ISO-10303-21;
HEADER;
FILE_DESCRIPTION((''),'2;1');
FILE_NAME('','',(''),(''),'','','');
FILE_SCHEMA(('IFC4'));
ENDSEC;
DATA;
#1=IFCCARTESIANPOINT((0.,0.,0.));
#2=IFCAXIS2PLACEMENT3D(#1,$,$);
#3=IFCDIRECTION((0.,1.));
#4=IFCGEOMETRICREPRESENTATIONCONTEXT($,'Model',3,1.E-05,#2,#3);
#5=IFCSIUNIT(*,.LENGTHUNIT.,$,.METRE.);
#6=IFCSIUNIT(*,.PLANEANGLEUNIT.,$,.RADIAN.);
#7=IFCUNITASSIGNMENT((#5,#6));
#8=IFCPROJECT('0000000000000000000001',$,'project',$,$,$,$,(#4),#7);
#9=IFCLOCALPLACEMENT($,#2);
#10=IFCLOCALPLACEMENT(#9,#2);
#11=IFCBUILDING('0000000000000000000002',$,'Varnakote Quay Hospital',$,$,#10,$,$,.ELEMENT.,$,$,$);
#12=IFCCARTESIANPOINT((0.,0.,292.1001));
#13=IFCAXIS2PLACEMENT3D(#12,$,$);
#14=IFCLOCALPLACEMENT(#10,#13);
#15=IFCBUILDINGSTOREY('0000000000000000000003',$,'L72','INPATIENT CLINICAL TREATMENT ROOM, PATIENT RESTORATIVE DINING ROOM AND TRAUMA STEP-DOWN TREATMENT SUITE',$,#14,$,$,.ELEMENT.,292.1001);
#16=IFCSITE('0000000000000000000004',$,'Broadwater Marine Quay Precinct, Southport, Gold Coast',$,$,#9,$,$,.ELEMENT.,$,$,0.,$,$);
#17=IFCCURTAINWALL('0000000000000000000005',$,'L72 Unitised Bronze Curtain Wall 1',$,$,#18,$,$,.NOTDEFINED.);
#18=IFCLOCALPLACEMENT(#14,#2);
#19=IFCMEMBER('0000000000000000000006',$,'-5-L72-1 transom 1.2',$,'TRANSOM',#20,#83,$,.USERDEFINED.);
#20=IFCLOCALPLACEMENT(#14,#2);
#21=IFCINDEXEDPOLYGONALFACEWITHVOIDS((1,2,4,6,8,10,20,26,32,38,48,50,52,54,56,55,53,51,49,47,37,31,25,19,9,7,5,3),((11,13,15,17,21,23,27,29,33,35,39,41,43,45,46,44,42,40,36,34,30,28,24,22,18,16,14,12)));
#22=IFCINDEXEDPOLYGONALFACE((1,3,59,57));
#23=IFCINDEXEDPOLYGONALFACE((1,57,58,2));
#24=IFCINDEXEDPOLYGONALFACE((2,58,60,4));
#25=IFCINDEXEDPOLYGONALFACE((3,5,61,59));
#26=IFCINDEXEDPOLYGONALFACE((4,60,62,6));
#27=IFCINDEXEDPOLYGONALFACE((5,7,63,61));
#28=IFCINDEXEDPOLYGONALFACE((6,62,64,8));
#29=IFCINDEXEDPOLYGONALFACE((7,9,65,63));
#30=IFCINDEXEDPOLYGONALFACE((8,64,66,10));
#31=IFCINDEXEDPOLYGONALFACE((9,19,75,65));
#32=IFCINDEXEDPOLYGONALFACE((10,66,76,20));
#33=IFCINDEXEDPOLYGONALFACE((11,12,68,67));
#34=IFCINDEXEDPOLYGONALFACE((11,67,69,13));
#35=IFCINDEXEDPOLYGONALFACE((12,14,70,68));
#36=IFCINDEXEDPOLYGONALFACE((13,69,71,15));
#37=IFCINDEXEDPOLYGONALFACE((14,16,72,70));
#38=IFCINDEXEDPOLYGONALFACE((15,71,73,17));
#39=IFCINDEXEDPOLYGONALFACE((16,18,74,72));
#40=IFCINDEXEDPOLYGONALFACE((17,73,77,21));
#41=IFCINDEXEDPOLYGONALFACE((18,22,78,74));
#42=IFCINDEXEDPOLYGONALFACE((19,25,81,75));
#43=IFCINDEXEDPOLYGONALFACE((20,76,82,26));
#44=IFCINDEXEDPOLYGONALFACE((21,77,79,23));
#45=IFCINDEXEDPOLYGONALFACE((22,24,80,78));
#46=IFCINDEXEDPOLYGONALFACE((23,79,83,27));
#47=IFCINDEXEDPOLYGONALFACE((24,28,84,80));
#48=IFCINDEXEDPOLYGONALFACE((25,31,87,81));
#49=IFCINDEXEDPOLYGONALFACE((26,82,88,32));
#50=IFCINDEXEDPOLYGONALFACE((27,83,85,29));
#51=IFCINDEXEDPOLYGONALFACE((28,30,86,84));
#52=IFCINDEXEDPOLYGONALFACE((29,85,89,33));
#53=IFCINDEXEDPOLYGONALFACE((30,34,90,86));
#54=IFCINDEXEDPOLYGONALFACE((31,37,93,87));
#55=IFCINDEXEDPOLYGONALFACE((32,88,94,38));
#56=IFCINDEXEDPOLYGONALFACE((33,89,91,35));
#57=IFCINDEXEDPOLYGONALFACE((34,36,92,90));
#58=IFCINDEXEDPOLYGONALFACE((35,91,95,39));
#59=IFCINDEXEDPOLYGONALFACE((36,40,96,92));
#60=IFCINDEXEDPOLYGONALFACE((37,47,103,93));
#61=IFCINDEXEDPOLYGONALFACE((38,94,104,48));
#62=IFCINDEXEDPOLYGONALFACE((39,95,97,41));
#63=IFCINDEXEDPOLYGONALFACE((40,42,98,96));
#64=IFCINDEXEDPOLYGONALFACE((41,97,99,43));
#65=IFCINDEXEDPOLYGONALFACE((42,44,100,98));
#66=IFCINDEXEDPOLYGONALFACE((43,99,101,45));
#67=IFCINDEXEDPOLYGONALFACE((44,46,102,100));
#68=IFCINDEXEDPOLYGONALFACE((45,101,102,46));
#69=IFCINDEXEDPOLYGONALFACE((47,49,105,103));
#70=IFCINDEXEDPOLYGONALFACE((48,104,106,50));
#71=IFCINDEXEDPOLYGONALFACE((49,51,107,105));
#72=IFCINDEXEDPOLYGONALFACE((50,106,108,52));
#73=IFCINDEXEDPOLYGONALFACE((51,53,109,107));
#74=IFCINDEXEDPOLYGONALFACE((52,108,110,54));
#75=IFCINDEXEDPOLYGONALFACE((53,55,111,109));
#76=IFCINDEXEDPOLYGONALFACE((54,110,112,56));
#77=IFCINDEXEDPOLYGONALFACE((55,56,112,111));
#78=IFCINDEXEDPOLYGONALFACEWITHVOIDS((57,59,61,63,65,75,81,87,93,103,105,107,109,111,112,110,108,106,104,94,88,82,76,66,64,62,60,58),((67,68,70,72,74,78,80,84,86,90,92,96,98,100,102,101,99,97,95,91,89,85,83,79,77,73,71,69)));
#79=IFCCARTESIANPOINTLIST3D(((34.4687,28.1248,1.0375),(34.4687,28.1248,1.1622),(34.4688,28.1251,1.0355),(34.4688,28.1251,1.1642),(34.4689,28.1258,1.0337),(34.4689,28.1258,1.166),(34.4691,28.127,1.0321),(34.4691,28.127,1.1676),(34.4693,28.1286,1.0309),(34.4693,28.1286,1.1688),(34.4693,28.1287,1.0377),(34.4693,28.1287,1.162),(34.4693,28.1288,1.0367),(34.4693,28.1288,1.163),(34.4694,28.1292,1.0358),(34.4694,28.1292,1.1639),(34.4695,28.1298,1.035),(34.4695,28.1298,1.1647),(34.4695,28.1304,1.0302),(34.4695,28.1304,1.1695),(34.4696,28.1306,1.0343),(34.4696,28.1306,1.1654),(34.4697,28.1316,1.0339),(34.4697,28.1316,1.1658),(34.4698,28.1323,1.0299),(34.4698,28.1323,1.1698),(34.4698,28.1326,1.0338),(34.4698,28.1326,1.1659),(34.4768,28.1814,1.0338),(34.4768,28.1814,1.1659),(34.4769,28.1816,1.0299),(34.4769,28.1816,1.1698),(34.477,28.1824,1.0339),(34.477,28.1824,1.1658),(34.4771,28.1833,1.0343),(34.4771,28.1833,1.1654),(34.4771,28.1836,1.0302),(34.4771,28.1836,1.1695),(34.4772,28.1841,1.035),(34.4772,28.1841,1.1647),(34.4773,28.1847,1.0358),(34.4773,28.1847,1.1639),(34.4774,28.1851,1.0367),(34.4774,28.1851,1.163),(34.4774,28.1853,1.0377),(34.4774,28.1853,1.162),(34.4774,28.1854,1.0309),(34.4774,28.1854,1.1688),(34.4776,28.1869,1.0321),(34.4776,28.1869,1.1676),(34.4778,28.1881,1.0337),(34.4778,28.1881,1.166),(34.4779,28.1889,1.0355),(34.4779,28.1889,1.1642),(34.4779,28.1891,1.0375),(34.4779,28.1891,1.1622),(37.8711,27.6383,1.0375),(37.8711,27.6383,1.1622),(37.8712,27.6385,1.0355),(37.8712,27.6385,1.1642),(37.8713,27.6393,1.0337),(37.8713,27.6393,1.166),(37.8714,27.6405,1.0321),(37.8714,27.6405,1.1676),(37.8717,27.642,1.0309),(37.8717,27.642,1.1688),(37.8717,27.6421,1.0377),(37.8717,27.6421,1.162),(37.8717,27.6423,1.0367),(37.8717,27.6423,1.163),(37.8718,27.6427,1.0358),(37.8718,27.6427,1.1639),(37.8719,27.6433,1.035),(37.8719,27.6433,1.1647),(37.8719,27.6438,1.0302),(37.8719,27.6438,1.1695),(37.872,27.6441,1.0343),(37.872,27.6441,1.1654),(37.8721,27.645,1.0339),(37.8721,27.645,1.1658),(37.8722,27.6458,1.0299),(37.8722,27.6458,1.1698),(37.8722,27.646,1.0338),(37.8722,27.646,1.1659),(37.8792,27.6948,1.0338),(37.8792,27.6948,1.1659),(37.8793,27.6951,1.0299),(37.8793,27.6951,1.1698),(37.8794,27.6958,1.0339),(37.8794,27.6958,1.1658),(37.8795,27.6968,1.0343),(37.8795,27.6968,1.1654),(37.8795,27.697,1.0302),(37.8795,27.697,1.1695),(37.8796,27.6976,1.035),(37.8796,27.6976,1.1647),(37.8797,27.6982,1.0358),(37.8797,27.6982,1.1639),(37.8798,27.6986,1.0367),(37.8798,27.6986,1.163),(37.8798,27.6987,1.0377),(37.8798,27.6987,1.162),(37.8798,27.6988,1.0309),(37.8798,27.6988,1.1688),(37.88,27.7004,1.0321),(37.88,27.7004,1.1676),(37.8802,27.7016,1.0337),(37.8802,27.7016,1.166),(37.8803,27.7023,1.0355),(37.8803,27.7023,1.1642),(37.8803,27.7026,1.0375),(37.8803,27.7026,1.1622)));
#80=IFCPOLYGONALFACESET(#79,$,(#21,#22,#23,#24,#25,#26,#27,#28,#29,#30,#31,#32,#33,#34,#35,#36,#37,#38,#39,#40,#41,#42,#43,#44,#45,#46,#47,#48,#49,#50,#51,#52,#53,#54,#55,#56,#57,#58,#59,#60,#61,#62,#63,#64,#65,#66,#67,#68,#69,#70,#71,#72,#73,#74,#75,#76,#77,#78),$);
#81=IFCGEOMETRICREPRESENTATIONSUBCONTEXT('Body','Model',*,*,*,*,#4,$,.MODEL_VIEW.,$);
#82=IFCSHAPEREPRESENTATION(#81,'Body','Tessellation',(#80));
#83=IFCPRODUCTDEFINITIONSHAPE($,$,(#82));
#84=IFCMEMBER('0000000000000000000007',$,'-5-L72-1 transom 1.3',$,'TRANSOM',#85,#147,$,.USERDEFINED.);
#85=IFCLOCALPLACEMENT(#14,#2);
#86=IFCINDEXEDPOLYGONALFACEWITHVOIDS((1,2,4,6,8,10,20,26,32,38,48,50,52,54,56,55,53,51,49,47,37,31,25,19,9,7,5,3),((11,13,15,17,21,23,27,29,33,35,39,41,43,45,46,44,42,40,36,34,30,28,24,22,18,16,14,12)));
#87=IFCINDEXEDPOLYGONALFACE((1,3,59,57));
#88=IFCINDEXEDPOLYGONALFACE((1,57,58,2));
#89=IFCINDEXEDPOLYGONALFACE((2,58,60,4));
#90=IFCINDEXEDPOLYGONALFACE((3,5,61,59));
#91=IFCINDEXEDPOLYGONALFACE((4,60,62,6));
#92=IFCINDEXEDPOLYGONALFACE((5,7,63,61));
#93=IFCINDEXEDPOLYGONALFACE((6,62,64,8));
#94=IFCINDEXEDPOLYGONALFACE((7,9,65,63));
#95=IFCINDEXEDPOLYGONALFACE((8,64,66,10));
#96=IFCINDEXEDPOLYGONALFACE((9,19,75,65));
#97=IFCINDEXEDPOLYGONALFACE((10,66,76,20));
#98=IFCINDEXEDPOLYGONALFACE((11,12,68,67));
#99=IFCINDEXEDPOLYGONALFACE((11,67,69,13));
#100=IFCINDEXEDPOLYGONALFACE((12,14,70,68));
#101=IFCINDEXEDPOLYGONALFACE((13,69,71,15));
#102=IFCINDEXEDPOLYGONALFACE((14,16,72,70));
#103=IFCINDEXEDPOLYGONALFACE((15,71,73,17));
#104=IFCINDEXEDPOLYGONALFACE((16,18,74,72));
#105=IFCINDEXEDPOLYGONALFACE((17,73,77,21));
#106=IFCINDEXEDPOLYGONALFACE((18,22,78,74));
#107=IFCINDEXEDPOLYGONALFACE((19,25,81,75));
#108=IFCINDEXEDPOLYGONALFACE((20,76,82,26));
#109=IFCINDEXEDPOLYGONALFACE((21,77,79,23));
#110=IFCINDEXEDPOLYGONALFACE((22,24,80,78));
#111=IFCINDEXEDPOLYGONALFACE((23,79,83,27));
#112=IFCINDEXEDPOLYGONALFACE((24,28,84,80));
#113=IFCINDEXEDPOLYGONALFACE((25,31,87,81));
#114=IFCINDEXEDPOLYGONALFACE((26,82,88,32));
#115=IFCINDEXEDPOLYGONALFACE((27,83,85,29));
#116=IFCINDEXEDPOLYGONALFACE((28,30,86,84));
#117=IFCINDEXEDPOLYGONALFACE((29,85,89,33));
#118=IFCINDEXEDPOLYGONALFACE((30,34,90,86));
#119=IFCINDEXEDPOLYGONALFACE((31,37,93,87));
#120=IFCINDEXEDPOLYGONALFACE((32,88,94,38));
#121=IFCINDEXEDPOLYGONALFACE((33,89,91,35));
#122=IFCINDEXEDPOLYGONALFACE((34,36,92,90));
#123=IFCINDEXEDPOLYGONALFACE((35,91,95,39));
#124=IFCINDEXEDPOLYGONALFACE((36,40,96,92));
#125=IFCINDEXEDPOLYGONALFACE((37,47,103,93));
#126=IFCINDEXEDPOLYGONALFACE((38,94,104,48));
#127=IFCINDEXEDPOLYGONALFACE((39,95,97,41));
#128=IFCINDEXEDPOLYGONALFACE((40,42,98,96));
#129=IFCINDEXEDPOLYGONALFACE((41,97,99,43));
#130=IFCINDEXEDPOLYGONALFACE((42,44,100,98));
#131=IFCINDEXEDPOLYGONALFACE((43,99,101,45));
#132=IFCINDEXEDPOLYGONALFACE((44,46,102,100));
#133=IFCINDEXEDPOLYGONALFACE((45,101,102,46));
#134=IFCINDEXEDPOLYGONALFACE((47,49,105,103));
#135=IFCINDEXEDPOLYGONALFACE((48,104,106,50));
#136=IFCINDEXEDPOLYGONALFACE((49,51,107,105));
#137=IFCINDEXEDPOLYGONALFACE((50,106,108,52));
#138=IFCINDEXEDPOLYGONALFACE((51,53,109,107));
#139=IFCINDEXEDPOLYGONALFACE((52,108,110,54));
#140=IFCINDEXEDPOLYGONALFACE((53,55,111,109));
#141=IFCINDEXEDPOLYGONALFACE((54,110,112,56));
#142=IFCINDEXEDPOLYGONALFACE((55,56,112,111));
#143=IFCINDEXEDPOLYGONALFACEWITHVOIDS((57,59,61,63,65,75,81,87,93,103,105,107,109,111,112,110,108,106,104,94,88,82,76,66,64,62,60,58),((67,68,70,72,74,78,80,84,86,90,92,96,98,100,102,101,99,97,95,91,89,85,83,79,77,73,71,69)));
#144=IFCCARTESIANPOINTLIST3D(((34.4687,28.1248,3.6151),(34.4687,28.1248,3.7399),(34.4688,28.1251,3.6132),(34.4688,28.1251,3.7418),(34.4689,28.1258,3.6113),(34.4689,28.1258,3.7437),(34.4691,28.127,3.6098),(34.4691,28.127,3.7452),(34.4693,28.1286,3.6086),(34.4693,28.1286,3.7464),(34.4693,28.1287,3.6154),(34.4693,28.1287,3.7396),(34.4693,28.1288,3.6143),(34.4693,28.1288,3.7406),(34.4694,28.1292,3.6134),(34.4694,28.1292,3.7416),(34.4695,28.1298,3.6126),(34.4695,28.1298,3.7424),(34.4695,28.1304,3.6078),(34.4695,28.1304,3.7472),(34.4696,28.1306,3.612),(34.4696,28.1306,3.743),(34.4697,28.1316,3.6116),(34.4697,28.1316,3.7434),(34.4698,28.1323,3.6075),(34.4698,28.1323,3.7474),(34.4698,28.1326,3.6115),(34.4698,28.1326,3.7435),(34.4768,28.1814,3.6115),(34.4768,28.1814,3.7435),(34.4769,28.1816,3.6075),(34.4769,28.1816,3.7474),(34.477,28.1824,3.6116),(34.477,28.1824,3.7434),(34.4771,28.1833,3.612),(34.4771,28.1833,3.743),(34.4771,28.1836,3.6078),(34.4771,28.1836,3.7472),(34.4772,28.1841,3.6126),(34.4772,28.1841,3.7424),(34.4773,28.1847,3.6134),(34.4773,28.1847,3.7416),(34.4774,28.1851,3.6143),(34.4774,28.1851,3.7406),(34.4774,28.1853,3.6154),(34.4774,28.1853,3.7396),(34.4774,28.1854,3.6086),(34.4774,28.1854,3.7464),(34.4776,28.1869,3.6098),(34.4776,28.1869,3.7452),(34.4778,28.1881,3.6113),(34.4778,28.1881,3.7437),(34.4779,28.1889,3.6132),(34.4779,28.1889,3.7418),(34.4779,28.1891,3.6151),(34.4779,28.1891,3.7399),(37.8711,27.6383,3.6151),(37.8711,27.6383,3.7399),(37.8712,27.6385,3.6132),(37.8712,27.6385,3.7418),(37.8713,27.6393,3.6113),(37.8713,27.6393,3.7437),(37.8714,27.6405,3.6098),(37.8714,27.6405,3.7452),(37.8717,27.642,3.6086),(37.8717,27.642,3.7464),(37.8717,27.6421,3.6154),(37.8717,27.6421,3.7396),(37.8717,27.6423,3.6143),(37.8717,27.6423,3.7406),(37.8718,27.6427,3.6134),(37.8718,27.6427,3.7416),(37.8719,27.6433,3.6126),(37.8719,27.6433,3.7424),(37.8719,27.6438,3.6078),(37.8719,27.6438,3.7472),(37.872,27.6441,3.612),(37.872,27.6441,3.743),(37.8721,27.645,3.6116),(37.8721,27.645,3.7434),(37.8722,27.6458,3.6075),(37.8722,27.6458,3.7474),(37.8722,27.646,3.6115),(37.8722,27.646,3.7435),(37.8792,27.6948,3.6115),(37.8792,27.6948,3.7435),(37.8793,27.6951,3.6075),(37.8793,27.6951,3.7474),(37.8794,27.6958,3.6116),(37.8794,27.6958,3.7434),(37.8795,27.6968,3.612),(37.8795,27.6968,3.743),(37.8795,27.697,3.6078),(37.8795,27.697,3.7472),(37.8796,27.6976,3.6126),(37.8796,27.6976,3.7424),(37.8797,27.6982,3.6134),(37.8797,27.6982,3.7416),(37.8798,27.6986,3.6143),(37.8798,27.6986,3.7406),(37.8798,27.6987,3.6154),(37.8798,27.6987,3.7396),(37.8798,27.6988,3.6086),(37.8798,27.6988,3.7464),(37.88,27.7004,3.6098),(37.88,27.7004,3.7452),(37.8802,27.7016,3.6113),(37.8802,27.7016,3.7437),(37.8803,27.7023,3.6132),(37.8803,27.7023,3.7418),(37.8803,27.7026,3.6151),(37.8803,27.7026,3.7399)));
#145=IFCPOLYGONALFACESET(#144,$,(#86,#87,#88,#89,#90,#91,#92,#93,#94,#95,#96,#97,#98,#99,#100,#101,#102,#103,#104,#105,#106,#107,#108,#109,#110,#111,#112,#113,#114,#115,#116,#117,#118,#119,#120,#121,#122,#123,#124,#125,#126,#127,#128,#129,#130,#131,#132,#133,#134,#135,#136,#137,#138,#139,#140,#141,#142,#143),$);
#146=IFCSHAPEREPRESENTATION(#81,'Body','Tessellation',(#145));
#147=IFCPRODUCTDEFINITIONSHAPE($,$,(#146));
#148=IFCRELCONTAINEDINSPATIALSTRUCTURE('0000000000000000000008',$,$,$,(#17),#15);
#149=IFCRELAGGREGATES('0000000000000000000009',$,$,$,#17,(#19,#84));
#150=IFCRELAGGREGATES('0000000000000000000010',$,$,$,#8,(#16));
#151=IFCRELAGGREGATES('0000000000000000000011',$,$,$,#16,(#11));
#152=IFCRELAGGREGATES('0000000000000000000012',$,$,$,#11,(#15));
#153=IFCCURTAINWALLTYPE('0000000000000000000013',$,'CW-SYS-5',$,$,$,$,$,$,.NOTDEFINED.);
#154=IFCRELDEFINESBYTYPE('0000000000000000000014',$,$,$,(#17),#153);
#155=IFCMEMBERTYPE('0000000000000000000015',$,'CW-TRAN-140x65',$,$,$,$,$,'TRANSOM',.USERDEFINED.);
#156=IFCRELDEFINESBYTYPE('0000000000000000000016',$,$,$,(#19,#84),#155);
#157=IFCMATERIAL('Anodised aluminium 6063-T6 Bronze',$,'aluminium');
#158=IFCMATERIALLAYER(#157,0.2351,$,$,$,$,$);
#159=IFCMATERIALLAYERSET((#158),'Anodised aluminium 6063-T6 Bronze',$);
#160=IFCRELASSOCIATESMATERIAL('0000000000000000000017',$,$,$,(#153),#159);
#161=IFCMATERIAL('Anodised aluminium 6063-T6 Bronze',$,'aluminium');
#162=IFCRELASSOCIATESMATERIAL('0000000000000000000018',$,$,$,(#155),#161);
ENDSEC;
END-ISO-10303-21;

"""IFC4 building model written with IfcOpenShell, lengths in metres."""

from ifc_helpers import new_model, si_unit, direction, frame, origin, origin_2d, place, context, subcontext, project, spatial, hollow_rectangle, extrude, material, layer, layer_set, material_profile, profile_set, type_object, element, aggregate, save


model = new_model("IFC4")

# Units and contexts
model_context = context("Model", 3, precision=1e-05, world=origin(), true_north=direction((0.0, 1.0)))
body_context = subcontext(model_context, "Body", "Model", "MODEL_VIEW")
ifc_project = project(units=[si_unit("LENGTHUNIT", "METRE"), si_unit("PLANEANGLEUNIT", "RADIAN")], contexts=[model_context])

# Site, building, storey
site_placement = place(None, origin())
site = spatial("IfcSite", under=ifc_project, at=site_placement, Name="Broadwater Marine Quay Precinct, Southport, Gold Coast", CompositionType="ELEMENT", RefElevation=0.0)
building_placement = place(site_placement, origin())
building = spatial("IfcBuilding", under=site, at=building_placement, Name="Varnakote Quay Hospital", CompositionType="ELEMENT")
storey_placement = place(building_placement, frame((0.0, 0.0, 292.1001)))
storey = spatial("IfcBuildingStorey", under=building, at=storey_placement, Name="L72", Description="INPATIENT CLINICAL TREATMENT ROOM, PATIENT RESTORATIVE DINING ROOM AND TRAUMA STEP-DOWN TREATMENT SUITE", CompositionType="ELEMENT", Elevation=292.1001)

# Curtain wall, members
ifc_material_1 = material(Name="Anodised aluminium 6063-T6 Bronze", Category="aluminium")
ifc_layer_1 = layer(ifc_material_1, 0.2351)
ifc_layer_set_1 = layer_set([ifc_layer_1], Name="Anodised aluminium 6063-T6 Bronze")
curtain_wall_type = type_object("IfcCurtainWallType", Name="CW-SYS-5", PredefinedType="NOTDEFINED", material=ifc_layer_set_1)
curtain_wall_placement = place(storey_placement, origin())
curtain_wall = element("IfcCurtainWall", 1, at=curtain_wall_placement, inside=storey, type_object=curtain_wall_type, Name="L72 Unitised Bronze Curtain Wall 1", PredefinedType="NOTDEFINED")
ifc_material_2 = material(Name="Anodised aluminium 6063-T6 Bronze", Category="aluminium")
ifc_material_profile_1 = material_profile(ifc_material_2, hollow_rectangle(XDim=0.0649, YDim=0.1399, WallThickness=0.0039, InnerFilletRadius=0.0039, OuterFilletRadius=0.0076, at=origin_2d()), Name="CW-TRAN-140x65")
ifc_profile_set_1 = profile_set([ifc_material_profile_1], Name="Anodised aluminium 6063-T6 Bronze")
member_type_1 = type_object("IfcMemberType", Name="CW-TRAN-140x65", ElementType="TRANSOM", PredefinedType="USERDEFINED", material=ifc_profile_set_1)
member_1_placement = place(storey_placement, frame((37.8757, 27.6704, 1.0999), z_axis=(-0.989928, 0.141571, 0.0), x_axis=(-0.141571, -0.989928, 0.0)))
member_1 = element("IfcMember", 2, at=member_1_placement, type_object=member_type_1, Name="-5-L72-1 transom 1.2", ObjectType="TRANSOM", PredefinedType="USERDEFINED", context=body_context, shape_type="SweptSolid", body=[
    extrude(hollow_rectangle(XDim=0.0649, YDim=0.1399, WallThickness=0.0039, InnerFilletRadius=0.0039, OuterFilletRadius=0.0076, at=origin_2d()), origin(), (0.0, 0.0, 1.0), 3.437),
])
member_2_placement = place(storey_placement, frame((37.8757, 27.6704, 3.6775), z_axis=(-0.989928, 0.141571, 0.0), x_axis=(-0.141571, -0.989928, 0.0)))
member_2 = element("IfcMember", 3, at=member_2_placement, type_object=member_type_1, Name="-5-L72-1 transom 1.3", ObjectType="TRANSOM", PredefinedType="USERDEFINED", context=body_context, shape_type="SweptSolid", body=[
    extrude(hollow_rectangle(XDim=0.0649, YDim=0.1399, WallThickness=0.0039, InnerFilletRadius=0.0039, OuterFilletRadius=0.0076, at=origin_2d()), origin(), (0.0, 0.0, 1.0), 3.437),
])
aggregate(curtain_wall, [member_1, member_2])

save(model, "model.ifc")
